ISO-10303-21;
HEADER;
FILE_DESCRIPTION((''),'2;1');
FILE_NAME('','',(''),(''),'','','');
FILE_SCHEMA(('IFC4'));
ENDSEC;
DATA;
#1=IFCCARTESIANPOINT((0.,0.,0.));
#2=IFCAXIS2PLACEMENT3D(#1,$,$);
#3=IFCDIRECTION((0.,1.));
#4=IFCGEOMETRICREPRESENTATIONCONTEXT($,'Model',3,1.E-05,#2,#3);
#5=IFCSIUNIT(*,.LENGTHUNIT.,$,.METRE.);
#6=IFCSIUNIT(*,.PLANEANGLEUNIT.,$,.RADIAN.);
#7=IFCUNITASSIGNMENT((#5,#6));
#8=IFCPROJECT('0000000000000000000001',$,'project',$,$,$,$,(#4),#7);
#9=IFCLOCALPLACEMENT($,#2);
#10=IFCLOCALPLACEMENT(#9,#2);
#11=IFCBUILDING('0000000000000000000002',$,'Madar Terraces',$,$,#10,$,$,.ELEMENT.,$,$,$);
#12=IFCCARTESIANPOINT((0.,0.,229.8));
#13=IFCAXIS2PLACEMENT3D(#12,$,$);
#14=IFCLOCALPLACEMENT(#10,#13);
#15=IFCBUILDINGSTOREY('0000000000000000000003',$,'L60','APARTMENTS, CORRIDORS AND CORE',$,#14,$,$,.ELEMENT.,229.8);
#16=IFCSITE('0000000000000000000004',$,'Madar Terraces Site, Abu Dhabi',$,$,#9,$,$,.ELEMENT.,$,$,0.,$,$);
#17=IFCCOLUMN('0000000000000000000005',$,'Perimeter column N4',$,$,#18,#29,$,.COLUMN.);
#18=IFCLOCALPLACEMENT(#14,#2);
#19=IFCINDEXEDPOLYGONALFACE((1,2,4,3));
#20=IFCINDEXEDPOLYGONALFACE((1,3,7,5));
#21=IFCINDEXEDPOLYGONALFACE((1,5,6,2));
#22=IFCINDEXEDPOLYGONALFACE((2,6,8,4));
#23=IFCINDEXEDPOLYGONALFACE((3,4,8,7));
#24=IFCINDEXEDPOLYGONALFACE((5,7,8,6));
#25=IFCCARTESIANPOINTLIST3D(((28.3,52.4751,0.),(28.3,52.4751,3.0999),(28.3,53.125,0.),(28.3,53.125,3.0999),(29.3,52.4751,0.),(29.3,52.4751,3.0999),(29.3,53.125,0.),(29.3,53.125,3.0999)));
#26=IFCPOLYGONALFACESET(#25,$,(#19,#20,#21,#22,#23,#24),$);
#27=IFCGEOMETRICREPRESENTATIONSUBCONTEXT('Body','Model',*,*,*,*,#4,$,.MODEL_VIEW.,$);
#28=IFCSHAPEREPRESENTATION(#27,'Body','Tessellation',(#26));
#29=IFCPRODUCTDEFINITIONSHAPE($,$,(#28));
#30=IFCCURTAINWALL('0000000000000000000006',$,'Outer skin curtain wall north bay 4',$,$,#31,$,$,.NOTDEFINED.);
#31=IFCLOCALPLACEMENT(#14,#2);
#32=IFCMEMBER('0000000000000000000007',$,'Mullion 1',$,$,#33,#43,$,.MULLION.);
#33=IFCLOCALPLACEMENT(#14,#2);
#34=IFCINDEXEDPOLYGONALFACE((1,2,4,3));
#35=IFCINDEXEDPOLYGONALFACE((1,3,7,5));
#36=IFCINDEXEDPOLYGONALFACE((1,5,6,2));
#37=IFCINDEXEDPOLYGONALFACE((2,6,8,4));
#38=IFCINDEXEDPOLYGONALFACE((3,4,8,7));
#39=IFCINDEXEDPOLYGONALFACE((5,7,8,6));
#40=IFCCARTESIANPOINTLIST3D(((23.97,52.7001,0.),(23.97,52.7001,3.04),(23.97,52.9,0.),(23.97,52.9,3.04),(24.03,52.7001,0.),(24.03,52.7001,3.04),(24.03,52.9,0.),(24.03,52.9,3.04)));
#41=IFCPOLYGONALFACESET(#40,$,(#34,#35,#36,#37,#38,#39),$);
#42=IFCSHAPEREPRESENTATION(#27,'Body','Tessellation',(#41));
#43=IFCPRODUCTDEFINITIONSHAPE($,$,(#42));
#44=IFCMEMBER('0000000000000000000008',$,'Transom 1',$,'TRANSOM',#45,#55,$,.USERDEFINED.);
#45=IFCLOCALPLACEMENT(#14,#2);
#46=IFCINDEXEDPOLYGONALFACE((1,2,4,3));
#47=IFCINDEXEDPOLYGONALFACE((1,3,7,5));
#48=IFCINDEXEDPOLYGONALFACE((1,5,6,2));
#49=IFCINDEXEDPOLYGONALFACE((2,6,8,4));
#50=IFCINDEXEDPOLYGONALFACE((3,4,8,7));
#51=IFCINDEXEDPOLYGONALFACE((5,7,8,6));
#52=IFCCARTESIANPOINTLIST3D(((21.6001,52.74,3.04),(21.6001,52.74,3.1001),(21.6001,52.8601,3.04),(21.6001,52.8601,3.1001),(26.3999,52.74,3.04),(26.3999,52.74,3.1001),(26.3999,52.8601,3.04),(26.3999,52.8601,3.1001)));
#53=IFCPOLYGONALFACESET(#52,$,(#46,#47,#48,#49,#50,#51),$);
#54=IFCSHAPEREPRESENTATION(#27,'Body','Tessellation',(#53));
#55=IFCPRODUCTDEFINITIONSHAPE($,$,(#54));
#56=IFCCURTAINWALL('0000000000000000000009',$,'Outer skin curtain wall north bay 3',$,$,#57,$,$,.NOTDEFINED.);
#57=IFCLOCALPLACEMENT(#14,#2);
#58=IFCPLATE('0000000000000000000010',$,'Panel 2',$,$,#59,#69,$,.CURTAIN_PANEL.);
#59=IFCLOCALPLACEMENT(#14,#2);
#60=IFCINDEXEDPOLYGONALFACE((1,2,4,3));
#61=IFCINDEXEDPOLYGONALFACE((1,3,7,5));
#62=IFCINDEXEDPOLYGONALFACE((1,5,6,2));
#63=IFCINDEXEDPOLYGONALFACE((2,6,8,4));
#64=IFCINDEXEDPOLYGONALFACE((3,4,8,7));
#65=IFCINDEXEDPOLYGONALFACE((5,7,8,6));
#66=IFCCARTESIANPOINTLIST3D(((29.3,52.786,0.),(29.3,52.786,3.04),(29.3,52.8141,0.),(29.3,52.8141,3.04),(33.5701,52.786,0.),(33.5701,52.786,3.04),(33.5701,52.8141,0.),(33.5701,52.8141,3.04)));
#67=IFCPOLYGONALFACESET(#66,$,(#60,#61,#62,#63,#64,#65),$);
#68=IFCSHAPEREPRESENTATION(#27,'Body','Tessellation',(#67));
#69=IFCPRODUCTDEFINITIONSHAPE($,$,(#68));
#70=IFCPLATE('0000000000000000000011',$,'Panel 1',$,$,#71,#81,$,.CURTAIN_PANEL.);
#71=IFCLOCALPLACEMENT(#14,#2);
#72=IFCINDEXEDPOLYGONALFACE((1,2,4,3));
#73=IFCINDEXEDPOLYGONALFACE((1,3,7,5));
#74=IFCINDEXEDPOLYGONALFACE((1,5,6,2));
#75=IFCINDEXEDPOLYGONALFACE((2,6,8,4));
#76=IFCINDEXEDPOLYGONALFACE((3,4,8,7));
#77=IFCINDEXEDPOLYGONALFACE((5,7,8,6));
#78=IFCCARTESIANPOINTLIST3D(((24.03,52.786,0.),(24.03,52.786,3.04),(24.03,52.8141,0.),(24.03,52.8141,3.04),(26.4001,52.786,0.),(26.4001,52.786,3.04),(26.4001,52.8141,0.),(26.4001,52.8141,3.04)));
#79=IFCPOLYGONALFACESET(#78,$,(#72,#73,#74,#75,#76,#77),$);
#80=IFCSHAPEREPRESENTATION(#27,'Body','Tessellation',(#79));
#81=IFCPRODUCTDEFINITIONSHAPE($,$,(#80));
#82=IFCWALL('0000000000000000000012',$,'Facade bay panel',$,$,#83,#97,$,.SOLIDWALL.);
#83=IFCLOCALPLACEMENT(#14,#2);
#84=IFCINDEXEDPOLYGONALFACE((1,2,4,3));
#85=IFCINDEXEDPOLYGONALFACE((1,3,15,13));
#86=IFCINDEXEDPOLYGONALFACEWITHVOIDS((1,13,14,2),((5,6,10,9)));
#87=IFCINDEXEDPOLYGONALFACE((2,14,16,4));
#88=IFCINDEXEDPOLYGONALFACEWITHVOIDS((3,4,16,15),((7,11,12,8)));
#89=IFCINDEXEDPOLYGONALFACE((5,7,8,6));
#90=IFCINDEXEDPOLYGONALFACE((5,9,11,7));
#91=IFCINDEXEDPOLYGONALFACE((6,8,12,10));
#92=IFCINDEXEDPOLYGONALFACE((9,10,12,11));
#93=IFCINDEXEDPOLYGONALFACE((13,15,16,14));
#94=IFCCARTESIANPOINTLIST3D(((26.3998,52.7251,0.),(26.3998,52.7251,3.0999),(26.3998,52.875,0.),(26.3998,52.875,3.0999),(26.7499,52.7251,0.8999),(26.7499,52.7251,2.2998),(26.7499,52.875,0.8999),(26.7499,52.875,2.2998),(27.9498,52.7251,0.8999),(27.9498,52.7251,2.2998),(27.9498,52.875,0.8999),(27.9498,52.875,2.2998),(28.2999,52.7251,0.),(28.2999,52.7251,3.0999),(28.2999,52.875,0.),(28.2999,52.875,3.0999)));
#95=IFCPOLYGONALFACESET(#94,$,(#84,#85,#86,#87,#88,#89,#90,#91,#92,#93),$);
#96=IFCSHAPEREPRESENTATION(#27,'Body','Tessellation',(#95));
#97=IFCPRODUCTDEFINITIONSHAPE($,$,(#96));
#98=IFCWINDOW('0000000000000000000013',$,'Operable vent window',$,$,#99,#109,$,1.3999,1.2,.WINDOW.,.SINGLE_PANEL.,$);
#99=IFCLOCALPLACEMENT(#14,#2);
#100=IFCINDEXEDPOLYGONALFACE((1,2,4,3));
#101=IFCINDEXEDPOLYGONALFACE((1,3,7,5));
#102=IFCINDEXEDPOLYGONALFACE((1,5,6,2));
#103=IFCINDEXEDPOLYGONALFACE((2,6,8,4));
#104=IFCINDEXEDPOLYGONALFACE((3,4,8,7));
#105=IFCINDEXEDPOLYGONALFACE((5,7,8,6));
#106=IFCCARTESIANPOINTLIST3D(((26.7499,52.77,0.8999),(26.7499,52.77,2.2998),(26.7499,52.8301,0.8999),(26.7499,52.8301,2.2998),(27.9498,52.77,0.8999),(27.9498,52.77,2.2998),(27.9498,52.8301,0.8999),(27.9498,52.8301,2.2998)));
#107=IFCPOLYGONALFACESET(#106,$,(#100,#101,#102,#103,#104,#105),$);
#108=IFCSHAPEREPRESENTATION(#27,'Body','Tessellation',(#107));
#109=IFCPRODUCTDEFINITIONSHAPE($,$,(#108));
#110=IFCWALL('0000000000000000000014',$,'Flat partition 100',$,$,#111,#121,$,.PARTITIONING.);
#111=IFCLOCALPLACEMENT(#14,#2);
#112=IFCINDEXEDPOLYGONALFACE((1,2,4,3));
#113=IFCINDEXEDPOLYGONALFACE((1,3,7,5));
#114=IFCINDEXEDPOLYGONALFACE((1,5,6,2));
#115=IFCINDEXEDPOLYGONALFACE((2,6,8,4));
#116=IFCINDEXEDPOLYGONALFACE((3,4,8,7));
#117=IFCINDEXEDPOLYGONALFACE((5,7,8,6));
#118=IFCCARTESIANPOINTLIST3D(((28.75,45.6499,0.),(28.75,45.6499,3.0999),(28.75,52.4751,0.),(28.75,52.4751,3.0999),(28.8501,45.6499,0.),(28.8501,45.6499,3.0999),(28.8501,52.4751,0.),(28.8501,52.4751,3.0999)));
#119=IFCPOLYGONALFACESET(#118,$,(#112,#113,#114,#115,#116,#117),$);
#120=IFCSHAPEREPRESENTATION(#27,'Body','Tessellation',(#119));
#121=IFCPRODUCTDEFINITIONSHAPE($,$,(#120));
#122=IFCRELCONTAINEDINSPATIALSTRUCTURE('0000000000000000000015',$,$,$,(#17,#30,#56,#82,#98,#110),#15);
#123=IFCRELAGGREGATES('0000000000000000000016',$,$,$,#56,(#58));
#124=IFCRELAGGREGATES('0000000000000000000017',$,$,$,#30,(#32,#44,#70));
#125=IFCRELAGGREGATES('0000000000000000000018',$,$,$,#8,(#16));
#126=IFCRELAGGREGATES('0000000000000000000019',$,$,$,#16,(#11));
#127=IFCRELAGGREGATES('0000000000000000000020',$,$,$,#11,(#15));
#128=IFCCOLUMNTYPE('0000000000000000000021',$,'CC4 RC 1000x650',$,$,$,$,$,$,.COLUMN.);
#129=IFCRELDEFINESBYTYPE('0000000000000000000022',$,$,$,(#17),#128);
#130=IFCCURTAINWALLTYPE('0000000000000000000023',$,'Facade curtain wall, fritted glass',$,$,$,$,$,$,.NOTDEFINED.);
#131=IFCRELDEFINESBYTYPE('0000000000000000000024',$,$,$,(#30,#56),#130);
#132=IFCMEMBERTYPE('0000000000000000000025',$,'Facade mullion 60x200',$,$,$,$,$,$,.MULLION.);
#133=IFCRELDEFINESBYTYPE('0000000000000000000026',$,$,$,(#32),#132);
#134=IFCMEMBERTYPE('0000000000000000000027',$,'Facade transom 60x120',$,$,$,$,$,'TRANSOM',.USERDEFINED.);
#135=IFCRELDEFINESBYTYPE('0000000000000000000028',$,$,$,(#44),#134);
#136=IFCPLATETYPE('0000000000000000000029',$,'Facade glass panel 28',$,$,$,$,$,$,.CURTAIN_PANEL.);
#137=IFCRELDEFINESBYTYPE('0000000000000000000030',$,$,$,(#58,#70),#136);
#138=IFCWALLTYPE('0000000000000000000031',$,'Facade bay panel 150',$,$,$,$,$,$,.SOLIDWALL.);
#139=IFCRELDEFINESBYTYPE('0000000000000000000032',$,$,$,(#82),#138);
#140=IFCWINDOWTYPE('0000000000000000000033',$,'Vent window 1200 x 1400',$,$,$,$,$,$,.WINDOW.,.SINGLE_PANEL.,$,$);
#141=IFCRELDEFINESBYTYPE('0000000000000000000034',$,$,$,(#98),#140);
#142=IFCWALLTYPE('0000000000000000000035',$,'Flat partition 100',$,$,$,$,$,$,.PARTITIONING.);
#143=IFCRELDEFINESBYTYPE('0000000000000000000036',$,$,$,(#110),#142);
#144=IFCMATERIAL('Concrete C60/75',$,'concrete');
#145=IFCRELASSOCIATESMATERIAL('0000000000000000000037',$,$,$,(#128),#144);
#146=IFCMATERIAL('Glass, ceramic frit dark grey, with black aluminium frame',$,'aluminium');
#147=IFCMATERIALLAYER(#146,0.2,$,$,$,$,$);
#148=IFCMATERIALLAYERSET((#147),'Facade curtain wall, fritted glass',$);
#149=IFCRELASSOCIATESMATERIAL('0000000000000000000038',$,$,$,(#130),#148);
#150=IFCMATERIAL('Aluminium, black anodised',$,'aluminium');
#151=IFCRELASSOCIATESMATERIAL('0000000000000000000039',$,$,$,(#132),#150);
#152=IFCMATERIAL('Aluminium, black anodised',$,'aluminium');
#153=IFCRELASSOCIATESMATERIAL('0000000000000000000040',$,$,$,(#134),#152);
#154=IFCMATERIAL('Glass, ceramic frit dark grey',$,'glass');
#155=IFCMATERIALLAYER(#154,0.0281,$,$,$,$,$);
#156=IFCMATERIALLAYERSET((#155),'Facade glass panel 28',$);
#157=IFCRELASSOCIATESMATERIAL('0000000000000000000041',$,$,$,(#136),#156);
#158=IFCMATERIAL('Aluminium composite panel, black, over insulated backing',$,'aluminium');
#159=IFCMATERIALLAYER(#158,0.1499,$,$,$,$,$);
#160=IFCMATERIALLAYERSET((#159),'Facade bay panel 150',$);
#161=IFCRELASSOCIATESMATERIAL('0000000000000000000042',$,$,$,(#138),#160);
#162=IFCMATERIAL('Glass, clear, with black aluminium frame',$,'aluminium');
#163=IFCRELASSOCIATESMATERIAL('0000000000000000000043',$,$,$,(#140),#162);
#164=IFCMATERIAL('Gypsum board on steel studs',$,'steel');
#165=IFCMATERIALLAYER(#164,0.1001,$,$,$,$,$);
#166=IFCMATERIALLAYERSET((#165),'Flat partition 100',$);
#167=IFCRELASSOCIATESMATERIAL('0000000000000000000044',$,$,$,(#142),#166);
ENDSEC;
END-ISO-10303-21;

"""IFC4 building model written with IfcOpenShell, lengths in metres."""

from ifc_helpers import new_model, si_unit, direction, frame, frame_2d, origin, origin_2d, place, context, subcontext, project, spatial, rectangle, extrude, material, layer, layer_set, material_profile, profile_set, type_object, element, fill, aggregate, save


model = new_model("IFC4")

# Units and contexts
model_context = context("Model", 3, precision=1e-05, world=origin(), true_north=direction((0.0, 1.0)))
body_context = subcontext(model_context, "Body", "Model", "MODEL_VIEW")
ifc_project = project(units=[si_unit("LENGTHUNIT", "METRE"), si_unit("PLANEANGLEUNIT", "RADIAN")], contexts=[model_context])

# Site, building, storey
site_placement = place(None, origin())
site = spatial("IfcSite", under=ifc_project, at=site_placement, Name="Madar Terraces Site, Abu Dhabi", CompositionType="ELEMENT", RefElevation=0.0)
building_placement = place(site_placement, origin())
building = spatial("IfcBuilding", under=site, at=building_placement, Name="Madar Terraces", CompositionType="ELEMENT")
storey_placement = place(building_placement, frame((0.0, 0.0, 229.8)))
storey = spatial("IfcBuildingStorey", under=building, at=storey_placement, Name="L60", Description="APARTMENTS, CORRIDORS AND CORE", CompositionType="ELEMENT", Elevation=229.8)

# Column
ifc_material_1 = material(Name="Concrete C60/75", Category="concrete")
ifc_material_profile_1 = material_profile(ifc_material_1, rectangle(XDim=1.0, YDim=0.6499, at=origin_2d()), Name="CC4 RC 1000x650")
ifc_profile_set_1 = profile_set([ifc_material_profile_1], Name="Concrete C60/75")
column_type = type_object("IfcColumnType", Name="CC4 RC 1000x650", PredefinedType="COLUMN", material=ifc_profile_set_1)
column_placement = place(storey_placement, frame((28.8, 52.8, 0.0), z_axis=(0.0, 0.0, 1.0), x_axis=(1.0, 0.0, 0.0)))
element("IfcColumn", 1, at=column_placement, inside=storey, type_object=column_type, Name="Perimeter column N4", PredefinedType="COLUMN", context=body_context, shape_type="SweptSolid", body=[
    extrude(rectangle(XDim=1.0, YDim=0.6499, at=origin_2d()), origin(), (0.0, 0.0, 1.0), 3.0999),
])

# Curtain wall, members
ifc_material_2 = material(Name="Glass, ceramic frit dark grey, with black aluminium frame", Category="aluminium")
ifc_layer_1 = layer(ifc_material_2, 0.2)
ifc_layer_set_1 = layer_set([ifc_layer_1], Name="Facade curtain wall, fritted glass")
curtain_wall_type = type_object("IfcCurtainWallType", Name="Facade curtain wall, fritted glass", PredefinedType="NOTDEFINED", material=ifc_layer_set_1)
curtain_wall_1_placement = place(storey_placement, origin())
curtain_wall_1 = element("IfcCurtainWall", 2, at=curtain_wall_1_placement, inside=storey, type_object=curtain_wall_type, Name="Outer skin curtain wall north bay 4", PredefinedType="NOTDEFINED")
ifc_material_3 = material(Name="Aluminium, black anodised", Category="aluminium")
ifc_material_profile_2 = material_profile(ifc_material_3, rectangle(XDim=0.2, YDim=0.0601, at=origin_2d()), Name="Facade mullion 60x200")
ifc_profile_set_2 = profile_set([ifc_material_profile_2], Name="Aluminium, black anodised")
member_type_1 = type_object("IfcMemberType", Name="Facade mullion 60x200", PredefinedType="MULLION", material=ifc_profile_set_2)
member_1_placement = place(storey_placement, frame((24.0, 52.8, 0.0), z_axis=(0.0, 0.0, 1.0), x_axis=(0.0, -1.0, 0.0)))
member_1 = element("IfcMember", 3, at=member_1_placement, type_object=member_type_1, Name="Mullion 1", PredefinedType="MULLION", context=body_context, shape_type="SweptSolid", body=[
    extrude(rectangle(XDim=0.2, YDim=0.0601, at=origin_2d()), origin(), (0.0, 0.0, 1.0), 3.04),
])
ifc_material_4 = material(Name="Aluminium, black anodised", Category="aluminium")
ifc_material_profile_3 = material_profile(ifc_material_4, rectangle(XDim=0.1201, YDim=0.0601, at=origin_2d()), Name="Facade transom 60x120")
ifc_profile_set_3 = profile_set([ifc_material_profile_3], Name="Aluminium, black anodised")
member_type_2 = type_object("IfcMemberType", Name="Facade transom 60x120", ElementType="TRANSOM", PredefinedType="USERDEFINED", material=ifc_profile_set_3)
member_2_placement = place(storey_placement, frame((26.3999, 52.8, 3.0701), z_axis=(-1.0, 0.0, 0.0), x_axis=(0.0, -1.0, 0.0)))
member_2 = element("IfcMember", 4, at=member_2_placement, type_object=member_type_2, Name="Transom 1", ObjectType="TRANSOM", PredefinedType="USERDEFINED", context=body_context, shape_type="SweptSolid", body=[
    extrude(rectangle(XDim=0.1201, YDim=0.0601, at=origin_2d()), origin(), (0.0, 0.0, 1.0), 4.7998),
])

# Curtain wall, plate
curtain_wall_2_placement = place(storey_placement, origin())
curtain_wall_2 = element("IfcCurtainWall", 5, at=curtain_wall_2_placement, inside=storey, type_object=curtain_wall_type, Name="Outer skin curtain wall north bay 3", PredefinedType="NOTDEFINED")
ifc_material_5 = material(Name="Glass, ceramic frit dark grey", Category="glass")
ifc_layer_2 = layer(ifc_material_5, 0.0281)
ifc_layer_set_2 = layer_set([ifc_layer_2], Name="Facade glass panel 28")
plate_type = type_object("IfcPlateType", Name="Facade glass panel 28", PredefinedType="CURTAIN_PANEL", material=ifc_layer_set_2)
plate_1_placement = place(storey_placement, frame((31.4351, 52.8, 0.0), z_axis=(0.0, 0.0, 1.0), x_axis=(-1.0, 0.0, 0.0)))
plate_1 = element("IfcPlate", 6, at=plate_1_placement, type_object=plate_type, Name="Panel 2", PredefinedType="CURTAIN_PANEL", context=body_context, shape_type="SweptSolid", body=[
    extrude(rectangle(XDim=4.27, YDim=0.0281, at=origin_2d()), origin(), (0.0, 0.0, 1.0), 3.04),
])
aggregate(curtain_wall_2, [plate_1])

# Plate
plate_2_placement = place(storey_placement, frame((25.2151, 52.8, 0.0), z_axis=(0.0, 0.0, 1.0), x_axis=(-1.0, 0.0, 0.0)))
plate_2 = element("IfcPlate", 7, at=plate_2_placement, type_object=plate_type, Name="Panel 1", PredefinedType="CURTAIN_PANEL", context=body_context, shape_type="SweptSolid", body=[
    extrude(rectangle(XDim=2.3701, YDim=0.0281, at=origin_2d()), origin(), (0.0, 0.0, 1.0), 3.04),
])
aggregate(curtain_wall_1, [member_1, member_2, plate_2])

# Wall, opening, window
ifc_material_6 = material(Name="Aluminium composite panel, black, over insulated backing", Category="aluminium")
ifc_layer_3 = layer(ifc_material_6, 0.1499)
ifc_layer_set_3 = layer_set([ifc_layer_3], Name="Facade bay panel 150")
wall_type_1 = type_object("IfcWallType", Name="Facade bay panel 150", PredefinedType="SOLIDWALL", material=ifc_layer_set_3)
wall_1_placement = place(storey_placement, frame((28.3, 52.8, 0.0), z_axis=(0.0, 0.0, 1.0), x_axis=(-1.0, 0.0, 0.0)))
wall_1 = element("IfcWall", 8, at=wall_1_placement, inside=storey, type_object=wall_type_1, Name="Facade bay panel", PredefinedType="SOLIDWALL", context=body_context, shape_type="SweptSolid", body=[
    extrude(rectangle(XDim=1.9001, YDim=0.1499, at=frame_2d((0.9502, 0.0))), origin(), (0.0, 0.0, 1.0), 3.0999),
])
opening_1_placement = place(wall_1_placement, frame((0.3501, 0.0, 0.8999)))
opening_1 = element("IfcOpeningElement", 9, at=opening_1_placement, cuts=wall_1, PredefinedType="OPENING", context=body_context, shape_type="SweptSolid", body=[
    extrude(rectangle(XDim=1.2, YDim=1.3999, at=frame_2d((0.6001, 0.7))), frame((0.0, 0.085, 0.0), z_axis=(0.0, -1.0, 0.0), x_axis=(1.0, 0.0, 0.0)), (0.0, 0.0, 1.0), 0.1699),
])
ifc_material_7 = material(Name="Glass, clear, with black aluminium frame", Category="aluminium")
window_type = type_object("IfcWindowType", Name="Vent window 1200 x 1400", PartitioningType="SINGLE_PANEL", PredefinedType="WINDOW", material=ifc_material_7)
window_placement = place(opening_1_placement, origin())
window = element("IfcWindow", 10, at=window_placement, inside=storey, type_object=window_type, Name="Operable vent window", OverallHeight=1.3999, OverallWidth=1.2, PartitioningType="SINGLE_PANEL", PredefinedType="WINDOW", context=body_context, shape_type="SweptSolid", body=[
    extrude(rectangle(XDim=1.2, YDim=1.3999, at=frame_2d((0.6001, 0.7))), frame((0.0, 0.03, 0.0), z_axis=(0.0, -1.0, 0.0), x_axis=(1.0, 0.0, 0.0)), (0.0, 0.0, 1.0), 0.0601),
])
fill(opening_1, window)

# Wall
ifc_material_8 = material(Name="Gypsum board on steel studs", Category="steel")
ifc_layer_4 = layer(ifc_material_8, 0.1001)
ifc_layer_set_4 = layer_set([ifc_layer_4], Name="Flat partition 100")
wall_type_2 = type_object("IfcWallType", Name="Flat partition 100", PredefinedType="PARTITIONING", material=ifc_layer_set_4)
wall_2_placement = place(storey_placement, frame((28.8, 45.6499, 0.0), z_axis=(0.0, 0.0, 1.0), x_axis=(0.0, 1.0, 0.0)))
element("IfcWall", 11, at=wall_2_placement, inside=storey, type_object=wall_type_2, Name="Flat partition 100", PredefinedType="PARTITIONING", context=body_context, shape_type="SweptSolid", body=[
    extrude(rectangle(XDim=6.8252, YDim=0.1001, at=frame_2d((3.4126, 0.0))), origin(), (0.0, 0.0, 1.0), 3.0999),
])

save(model, "model.ifc")
